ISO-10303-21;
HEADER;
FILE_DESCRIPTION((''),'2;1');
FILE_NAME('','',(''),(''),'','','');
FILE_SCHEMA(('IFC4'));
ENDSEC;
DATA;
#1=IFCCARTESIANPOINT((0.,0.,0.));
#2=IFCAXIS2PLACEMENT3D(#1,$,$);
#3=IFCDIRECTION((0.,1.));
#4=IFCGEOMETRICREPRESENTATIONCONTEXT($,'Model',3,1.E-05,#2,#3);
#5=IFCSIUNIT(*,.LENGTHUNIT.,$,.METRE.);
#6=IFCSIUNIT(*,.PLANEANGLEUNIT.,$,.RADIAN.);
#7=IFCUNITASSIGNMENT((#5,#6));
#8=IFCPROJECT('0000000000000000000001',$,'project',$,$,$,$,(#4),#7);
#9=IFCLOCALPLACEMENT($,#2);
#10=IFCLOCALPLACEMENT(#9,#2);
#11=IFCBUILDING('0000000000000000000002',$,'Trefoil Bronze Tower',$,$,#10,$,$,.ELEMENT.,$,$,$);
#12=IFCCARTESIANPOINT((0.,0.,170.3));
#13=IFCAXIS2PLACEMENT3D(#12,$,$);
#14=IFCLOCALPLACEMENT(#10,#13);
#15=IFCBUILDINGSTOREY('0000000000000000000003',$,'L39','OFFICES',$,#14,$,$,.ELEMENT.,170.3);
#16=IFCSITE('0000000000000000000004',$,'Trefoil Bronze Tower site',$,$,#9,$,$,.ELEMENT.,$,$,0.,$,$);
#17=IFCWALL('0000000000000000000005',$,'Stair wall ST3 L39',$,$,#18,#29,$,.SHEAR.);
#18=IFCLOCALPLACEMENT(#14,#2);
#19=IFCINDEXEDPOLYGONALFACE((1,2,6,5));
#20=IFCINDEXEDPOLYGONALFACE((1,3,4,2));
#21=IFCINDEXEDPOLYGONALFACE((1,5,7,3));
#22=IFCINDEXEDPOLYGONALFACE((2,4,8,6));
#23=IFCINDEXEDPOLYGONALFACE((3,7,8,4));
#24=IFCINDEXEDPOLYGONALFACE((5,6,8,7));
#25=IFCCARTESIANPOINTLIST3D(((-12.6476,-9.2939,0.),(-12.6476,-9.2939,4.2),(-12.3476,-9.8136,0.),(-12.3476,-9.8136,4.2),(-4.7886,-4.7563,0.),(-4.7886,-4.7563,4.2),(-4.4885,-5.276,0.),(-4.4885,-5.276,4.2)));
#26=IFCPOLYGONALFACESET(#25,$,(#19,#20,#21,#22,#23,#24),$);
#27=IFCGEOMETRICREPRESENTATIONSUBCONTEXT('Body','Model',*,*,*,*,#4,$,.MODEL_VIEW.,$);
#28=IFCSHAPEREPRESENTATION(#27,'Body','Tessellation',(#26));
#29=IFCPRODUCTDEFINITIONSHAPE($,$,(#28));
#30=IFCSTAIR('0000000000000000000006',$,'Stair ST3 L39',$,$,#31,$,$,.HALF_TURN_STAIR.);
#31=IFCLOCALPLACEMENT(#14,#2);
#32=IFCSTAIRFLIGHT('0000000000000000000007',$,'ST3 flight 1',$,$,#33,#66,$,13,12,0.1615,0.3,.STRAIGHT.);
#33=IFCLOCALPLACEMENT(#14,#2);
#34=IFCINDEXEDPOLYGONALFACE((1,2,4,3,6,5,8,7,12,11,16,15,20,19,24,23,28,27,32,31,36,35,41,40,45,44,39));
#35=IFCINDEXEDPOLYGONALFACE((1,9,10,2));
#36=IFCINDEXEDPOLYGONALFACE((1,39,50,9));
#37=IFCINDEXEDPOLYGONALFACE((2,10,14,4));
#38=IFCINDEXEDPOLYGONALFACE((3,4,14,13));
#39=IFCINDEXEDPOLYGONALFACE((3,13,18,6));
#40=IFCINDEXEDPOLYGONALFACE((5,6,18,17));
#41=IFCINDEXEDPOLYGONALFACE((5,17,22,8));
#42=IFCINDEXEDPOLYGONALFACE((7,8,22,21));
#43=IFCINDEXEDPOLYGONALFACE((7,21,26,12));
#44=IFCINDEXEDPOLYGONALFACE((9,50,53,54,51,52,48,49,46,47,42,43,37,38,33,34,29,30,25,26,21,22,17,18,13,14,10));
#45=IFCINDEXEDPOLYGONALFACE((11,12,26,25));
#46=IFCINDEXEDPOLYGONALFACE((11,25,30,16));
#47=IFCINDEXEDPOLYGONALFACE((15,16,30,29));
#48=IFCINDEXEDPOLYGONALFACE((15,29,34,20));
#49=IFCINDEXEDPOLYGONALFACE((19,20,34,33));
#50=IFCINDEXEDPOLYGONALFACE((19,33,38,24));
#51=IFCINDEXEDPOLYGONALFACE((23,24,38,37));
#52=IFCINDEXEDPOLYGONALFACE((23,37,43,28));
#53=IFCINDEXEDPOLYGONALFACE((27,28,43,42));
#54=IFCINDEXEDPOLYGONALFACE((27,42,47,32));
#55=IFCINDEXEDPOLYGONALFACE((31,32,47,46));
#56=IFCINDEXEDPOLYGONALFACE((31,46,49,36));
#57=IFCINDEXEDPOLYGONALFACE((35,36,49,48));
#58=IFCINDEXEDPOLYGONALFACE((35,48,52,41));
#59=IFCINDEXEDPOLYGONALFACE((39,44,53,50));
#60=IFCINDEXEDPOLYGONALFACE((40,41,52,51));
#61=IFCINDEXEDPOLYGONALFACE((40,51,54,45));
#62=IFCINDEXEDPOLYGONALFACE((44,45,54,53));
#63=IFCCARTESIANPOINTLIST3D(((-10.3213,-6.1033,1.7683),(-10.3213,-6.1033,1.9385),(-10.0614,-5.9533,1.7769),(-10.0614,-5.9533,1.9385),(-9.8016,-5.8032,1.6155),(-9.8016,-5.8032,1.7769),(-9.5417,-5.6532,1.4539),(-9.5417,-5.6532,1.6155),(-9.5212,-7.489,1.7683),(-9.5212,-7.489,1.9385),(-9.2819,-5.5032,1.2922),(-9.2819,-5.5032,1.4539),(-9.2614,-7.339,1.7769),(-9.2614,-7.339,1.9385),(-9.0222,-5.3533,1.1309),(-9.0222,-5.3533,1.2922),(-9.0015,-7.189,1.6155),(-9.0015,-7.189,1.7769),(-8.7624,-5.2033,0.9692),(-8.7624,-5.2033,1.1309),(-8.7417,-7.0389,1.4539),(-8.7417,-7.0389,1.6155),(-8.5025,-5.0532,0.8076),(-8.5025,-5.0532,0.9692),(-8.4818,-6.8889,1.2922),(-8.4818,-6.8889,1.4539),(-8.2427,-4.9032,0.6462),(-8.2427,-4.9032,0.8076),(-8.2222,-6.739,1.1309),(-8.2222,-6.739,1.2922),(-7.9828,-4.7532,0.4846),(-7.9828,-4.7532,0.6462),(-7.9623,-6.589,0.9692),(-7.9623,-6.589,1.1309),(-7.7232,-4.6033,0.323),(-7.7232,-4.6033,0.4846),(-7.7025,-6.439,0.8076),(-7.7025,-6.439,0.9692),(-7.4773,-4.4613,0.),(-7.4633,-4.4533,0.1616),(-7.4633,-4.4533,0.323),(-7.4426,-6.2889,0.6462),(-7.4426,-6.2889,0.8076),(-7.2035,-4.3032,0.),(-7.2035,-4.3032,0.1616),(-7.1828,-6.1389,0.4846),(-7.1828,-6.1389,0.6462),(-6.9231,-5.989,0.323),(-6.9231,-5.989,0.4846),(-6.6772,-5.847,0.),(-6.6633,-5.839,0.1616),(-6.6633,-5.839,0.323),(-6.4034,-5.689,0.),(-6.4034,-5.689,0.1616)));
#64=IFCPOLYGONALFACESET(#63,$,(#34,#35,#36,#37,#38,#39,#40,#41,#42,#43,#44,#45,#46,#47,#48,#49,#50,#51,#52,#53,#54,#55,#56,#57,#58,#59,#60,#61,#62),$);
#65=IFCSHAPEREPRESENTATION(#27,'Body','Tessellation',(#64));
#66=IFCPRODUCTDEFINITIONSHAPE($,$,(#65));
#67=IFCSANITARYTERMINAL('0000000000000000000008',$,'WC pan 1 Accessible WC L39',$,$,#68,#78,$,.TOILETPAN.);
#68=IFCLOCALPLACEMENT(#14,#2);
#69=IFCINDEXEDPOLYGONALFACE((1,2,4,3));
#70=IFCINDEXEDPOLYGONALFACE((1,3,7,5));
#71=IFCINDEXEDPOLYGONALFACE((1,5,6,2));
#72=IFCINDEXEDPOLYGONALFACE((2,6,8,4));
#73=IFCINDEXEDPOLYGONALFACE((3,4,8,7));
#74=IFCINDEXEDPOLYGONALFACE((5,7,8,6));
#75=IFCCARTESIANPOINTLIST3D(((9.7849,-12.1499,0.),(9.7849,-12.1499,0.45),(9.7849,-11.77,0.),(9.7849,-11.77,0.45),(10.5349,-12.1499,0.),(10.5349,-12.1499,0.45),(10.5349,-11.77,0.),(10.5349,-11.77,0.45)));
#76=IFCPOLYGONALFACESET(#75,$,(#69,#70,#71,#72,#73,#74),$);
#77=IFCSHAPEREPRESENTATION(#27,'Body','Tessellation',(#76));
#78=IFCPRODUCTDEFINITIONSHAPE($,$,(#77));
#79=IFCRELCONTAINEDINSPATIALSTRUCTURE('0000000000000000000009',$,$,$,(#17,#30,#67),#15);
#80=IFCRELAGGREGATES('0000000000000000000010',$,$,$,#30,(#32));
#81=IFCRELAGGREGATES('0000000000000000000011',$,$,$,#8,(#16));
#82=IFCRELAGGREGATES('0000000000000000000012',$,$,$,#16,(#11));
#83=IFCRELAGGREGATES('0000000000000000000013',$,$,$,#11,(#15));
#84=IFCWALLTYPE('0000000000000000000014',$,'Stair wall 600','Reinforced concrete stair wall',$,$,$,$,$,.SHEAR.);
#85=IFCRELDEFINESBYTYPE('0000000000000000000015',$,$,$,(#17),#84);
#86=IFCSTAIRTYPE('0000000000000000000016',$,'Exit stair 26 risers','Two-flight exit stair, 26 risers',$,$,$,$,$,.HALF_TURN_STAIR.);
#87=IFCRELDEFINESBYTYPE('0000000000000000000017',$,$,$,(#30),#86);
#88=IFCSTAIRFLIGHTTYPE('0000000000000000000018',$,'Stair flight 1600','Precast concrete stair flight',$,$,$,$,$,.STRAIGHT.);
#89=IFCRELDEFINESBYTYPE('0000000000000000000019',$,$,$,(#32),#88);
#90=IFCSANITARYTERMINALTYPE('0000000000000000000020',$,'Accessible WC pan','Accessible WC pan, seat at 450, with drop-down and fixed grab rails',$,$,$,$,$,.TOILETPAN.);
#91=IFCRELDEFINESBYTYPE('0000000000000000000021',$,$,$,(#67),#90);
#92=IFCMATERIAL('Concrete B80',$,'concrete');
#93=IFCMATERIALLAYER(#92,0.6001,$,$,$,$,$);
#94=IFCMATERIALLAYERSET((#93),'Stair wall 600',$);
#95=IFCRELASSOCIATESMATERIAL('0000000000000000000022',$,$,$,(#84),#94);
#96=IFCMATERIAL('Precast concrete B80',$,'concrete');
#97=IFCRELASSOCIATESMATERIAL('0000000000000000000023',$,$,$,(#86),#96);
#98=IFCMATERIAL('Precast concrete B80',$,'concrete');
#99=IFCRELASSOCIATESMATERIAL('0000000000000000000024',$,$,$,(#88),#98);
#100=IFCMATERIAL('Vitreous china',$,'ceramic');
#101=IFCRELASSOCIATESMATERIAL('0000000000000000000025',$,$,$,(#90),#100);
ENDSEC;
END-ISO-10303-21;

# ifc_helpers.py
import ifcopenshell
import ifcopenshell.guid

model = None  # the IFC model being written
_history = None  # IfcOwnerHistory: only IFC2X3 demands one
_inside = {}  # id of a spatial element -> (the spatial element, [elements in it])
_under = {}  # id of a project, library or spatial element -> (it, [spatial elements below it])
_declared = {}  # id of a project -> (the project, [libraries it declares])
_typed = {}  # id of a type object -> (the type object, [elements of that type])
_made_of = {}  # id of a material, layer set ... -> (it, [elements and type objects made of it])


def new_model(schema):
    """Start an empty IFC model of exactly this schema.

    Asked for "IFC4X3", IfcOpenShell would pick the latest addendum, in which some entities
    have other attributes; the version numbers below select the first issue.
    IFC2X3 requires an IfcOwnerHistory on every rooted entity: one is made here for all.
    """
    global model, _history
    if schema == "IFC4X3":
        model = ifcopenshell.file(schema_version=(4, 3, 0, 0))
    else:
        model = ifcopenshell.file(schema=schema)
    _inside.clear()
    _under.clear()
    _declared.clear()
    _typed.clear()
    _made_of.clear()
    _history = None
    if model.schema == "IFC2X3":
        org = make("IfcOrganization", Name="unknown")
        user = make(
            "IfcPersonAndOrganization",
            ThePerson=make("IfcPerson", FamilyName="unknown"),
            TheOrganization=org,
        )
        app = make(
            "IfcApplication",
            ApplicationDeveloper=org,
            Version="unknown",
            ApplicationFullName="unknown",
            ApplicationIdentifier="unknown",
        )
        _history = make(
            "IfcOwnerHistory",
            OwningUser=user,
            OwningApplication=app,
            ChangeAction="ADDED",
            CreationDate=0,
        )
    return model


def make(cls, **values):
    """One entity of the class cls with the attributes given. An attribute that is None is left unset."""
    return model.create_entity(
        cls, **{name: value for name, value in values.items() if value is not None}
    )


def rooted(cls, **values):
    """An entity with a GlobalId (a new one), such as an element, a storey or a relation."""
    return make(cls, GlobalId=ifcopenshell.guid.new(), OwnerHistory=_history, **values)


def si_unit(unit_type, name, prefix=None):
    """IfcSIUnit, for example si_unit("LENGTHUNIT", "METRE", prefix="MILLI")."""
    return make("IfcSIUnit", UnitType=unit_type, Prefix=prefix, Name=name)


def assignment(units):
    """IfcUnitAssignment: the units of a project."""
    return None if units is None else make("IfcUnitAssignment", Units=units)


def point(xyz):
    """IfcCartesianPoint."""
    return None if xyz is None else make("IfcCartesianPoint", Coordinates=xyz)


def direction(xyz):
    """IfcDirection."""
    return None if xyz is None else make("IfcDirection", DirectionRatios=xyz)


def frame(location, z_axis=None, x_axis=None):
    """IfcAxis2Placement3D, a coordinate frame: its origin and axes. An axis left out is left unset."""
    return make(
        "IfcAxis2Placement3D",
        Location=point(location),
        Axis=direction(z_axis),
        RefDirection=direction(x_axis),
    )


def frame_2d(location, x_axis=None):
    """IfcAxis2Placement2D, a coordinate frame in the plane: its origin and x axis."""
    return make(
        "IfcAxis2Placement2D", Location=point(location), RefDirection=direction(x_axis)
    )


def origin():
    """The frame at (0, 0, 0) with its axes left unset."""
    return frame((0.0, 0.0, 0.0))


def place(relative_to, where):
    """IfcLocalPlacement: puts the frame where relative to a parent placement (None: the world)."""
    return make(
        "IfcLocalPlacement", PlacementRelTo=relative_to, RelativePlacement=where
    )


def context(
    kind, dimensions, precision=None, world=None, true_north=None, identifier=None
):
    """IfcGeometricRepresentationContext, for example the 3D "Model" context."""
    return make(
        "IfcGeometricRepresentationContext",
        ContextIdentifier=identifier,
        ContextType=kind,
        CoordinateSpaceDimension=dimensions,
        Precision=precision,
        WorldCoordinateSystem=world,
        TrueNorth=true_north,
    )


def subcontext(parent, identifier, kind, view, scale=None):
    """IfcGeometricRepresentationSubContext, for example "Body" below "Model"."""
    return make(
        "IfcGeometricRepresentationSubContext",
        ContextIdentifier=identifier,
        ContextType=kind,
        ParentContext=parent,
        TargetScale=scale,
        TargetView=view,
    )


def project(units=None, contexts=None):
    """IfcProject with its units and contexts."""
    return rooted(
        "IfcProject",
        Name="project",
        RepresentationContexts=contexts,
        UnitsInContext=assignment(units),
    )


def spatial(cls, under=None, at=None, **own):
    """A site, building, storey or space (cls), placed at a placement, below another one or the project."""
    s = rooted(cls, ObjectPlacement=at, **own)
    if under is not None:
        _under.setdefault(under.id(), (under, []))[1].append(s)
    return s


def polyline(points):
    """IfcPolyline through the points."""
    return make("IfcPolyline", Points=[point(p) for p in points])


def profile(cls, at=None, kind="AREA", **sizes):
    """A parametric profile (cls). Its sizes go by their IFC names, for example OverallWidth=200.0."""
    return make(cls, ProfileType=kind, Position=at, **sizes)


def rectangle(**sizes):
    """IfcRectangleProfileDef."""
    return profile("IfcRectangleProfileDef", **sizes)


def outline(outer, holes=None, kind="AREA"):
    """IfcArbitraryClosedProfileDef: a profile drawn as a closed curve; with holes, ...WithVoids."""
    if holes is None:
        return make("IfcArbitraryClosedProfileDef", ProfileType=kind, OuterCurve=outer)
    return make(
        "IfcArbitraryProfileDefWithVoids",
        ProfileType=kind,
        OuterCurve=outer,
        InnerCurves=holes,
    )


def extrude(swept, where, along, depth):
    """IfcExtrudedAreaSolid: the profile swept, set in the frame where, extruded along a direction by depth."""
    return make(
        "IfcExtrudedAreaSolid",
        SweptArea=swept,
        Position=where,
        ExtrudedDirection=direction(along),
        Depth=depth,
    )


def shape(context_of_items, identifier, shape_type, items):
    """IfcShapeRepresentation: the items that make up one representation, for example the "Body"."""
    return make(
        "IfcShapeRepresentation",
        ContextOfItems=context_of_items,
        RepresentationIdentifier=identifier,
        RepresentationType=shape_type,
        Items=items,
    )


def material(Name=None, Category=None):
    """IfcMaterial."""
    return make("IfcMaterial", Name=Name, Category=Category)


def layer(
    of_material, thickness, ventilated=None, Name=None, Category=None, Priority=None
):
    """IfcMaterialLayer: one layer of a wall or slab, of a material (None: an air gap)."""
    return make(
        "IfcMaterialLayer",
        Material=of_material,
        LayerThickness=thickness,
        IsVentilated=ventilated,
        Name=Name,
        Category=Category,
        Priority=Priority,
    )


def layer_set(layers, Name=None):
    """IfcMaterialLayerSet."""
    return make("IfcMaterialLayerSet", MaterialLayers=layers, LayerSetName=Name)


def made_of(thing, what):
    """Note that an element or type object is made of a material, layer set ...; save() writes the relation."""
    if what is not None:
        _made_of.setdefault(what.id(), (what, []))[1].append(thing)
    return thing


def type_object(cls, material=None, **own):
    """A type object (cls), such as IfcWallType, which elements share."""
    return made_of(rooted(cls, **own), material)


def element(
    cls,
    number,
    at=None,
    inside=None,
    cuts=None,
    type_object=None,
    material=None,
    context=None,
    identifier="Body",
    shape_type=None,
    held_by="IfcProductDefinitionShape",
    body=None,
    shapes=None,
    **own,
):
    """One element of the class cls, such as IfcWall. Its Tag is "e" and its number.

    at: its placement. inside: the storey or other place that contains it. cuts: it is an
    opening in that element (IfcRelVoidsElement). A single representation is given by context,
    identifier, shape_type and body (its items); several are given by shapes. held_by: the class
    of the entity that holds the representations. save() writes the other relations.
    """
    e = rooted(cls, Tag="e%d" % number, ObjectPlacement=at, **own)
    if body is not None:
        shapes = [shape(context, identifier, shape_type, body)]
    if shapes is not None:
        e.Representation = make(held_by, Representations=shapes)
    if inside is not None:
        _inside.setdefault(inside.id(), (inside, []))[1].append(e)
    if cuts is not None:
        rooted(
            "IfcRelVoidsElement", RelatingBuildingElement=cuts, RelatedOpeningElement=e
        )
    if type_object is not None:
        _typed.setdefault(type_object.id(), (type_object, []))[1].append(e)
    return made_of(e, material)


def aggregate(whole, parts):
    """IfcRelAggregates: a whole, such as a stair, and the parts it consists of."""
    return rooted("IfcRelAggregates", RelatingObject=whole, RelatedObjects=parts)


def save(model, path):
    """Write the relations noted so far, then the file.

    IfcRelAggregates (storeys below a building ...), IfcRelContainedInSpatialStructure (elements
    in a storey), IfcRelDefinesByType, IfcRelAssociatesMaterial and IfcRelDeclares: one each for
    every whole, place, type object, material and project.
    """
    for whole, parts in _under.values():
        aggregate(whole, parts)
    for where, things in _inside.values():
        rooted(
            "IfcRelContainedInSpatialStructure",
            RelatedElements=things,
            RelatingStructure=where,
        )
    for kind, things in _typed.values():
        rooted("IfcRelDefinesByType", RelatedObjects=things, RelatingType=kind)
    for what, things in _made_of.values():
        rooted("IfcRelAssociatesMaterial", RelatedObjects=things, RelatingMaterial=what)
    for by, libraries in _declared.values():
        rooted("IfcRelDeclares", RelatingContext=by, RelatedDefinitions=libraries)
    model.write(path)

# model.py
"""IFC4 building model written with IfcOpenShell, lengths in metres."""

from ifc_helpers import new_model, si_unit, direction, frame, frame_2d, origin, place, context, subcontext, project, spatial, polyline, rectangle, outline, extrude, material, layer, layer_set, type_object, element, aggregate, save


model = new_model("IFC4")

# Units and contexts
model_context = context("Model", 3, precision=1e-05, world=origin(), true_north=direction((0.0, 1.0)))
body_context = subcontext(model_context, "Body", "Model", "MODEL_VIEW")
ifc_project = project(units=[si_unit("LENGTHUNIT", "METRE"), si_unit("PLANEANGLEUNIT", "RADIAN")], contexts=[model_context])

# Site, building, storey
site_placement = place(None, origin())
site = spatial("IfcSite", under=ifc_project, at=site_placement, Name="Trefoil Bronze Tower site", CompositionType="ELEMENT", RefElevation=0.0)
building_placement = place(site_placement, origin())
building = spatial("IfcBuilding", under=site, at=building_placement, Name="Trefoil Bronze Tower", CompositionType="ELEMENT")
storey_placement = place(building_placement, frame((0.0, 0.0, 170.3)))
storey = spatial("IfcBuildingStorey", under=building, at=storey_placement, Name="L39", Description="OFFICES", CompositionType="ELEMENT", Elevation=170.3)

# Wall
ifc_material_1 = material(Name="Concrete B80", Category="concrete")
ifc_layer_1 = layer(ifc_material_1, 0.6001)
ifc_layer_set_1 = layer_set([ifc_layer_1], Name="Stair wall 600")
wall_type_1 = type_object("IfcWallType", Name="Stair wall 600", Description="Reinforced concrete stair wall", PredefinedType="SHEAR", material=ifc_layer_set_1)
for number, where, z_axis, x_axis, name in (
    (1, (-4.6384, -5.0161, 0.0), (0.0, 0.0, 1.0), (-0.866019, -0.50001, 0.0), "Stair wall ST3 L39"),
):
    element("IfcWall", number, at=place(storey_placement, frame(where, z_axis=z_axis, x_axis=x_axis)), inside=storey, type_object=wall_type_1, Name=name, PredefinedType="SHEAR", context=body_context, shape_type="SweptSolid", body=[
        extrude(rectangle(XDim=9.075, YDim=0.6001, at=frame_2d((4.5376, 0.0))), origin(), (0.0, 0.0, 1.0), 4.2),
    ])

# Stair, stair flight
ifc_material_2 = material(Name="Precast concrete B80", Category="concrete")
stair_type = type_object("IfcStairType", Name="Exit stair 26 risers", Description="Two-flight exit stair, 26 risers", PredefinedType="HALF_TURN_STAIR", material=ifc_material_2)
stair_placement = place(storey_placement, origin())
stair = element("IfcStair", 2, at=stair_placement, inside=storey, type_object=stair_type, Name="Stair ST3 L39", PredefinedType="HALF_TURN_STAIR")
ifc_material_3 = material(Name="Precast concrete B80", Category="concrete")
stair_flight_type = type_object("IfcStairFlightType", Name="Stair flight 1600", Description="Precast concrete stair flight", PredefinedType="STRAIGHT", material=ifc_material_3)
stair_flight_placement = place(storey_placement, frame((-6.8035, -4.9961, 0.0), z_axis=(0.0, 0.0, 1.0), x_axis=(-0.866025, -0.5, 0.0)))
stair_flight = element("IfcStairFlight", 3, at=stair_flight_placement, type_object=stair_flight_type, Name="ST3 flight 1", NumberOfRisers=13, NumberOfTreads=12, PredefinedType="STRAIGHT", RiserHeight=0.1615, TreadLength=0.3, context=body_context, shape_type="SweptSolid", body=[
    extrude(outline(polyline([(0.0, 0.0), (0.0, 0.1616), (0.3, 0.1616), (0.3, 0.323), (0.6001, 0.323), (0.6001, 0.4846), (0.8999, 0.4846), (0.8999, 0.6462), (1.2, 0.6462), (1.2, 0.8076), (1.5, 0.8076), (1.5, 0.9692), (1.8, 0.9692), (1.8, 1.1309), (2.1001, 1.1309), (2.1001, 1.2922), (2.3999, 1.2922), (2.3999, 1.4539), (2.7, 1.4539), (2.7, 1.6155), (3.0, 1.6155), (3.0, 1.7769), (3.3, 1.7769), (3.3, 1.9385), (3.6001, 1.9385), (3.6001, 2.1001), (3.6001, 1.7683), (0.3162, 0.0), (0.0, 0.0)])), frame((0.0, 0.8, 0.0), z_axis=(0.0, -1.0, 0.0), x_axis=(1.0, 0.0, 0.0)), (0.0, 0.0, 1.0), 1.6001),
])
aggregate(stair, [stair_flight])

# Sanitary terminal
ifc_material_4 = material(Name="Vitreous china", Category="ceramic")
sanitary_terminal_type = type_object("IfcSanitaryTerminalType", Name="Accessible WC pan", Description="Accessible WC pan, seat at 450, with drop-down and fixed grab rails", PredefinedType="TOILETPAN", material=ifc_material_4)
sanitary_terminal_placement = place(storey_placement, origin())
element("IfcSanitaryTerminal", 4, at=sanitary_terminal_placement, inside=storey, type_object=sanitary_terminal_type, Name="WC pan 1 Accessible WC L39", PredefinedType="TOILETPAN", context=body_context, shape_type="SweptSolid", body=[
    extrude(outline(polyline([(9.7849, -11.77), (10.5349, -11.77), (10.5349, -12.1499), (9.7849, -12.1499), (9.7849, -11.77)])), origin(), (0.0, 0.0, 1.0), 0.45),
])

save(model, "model.ifc")
